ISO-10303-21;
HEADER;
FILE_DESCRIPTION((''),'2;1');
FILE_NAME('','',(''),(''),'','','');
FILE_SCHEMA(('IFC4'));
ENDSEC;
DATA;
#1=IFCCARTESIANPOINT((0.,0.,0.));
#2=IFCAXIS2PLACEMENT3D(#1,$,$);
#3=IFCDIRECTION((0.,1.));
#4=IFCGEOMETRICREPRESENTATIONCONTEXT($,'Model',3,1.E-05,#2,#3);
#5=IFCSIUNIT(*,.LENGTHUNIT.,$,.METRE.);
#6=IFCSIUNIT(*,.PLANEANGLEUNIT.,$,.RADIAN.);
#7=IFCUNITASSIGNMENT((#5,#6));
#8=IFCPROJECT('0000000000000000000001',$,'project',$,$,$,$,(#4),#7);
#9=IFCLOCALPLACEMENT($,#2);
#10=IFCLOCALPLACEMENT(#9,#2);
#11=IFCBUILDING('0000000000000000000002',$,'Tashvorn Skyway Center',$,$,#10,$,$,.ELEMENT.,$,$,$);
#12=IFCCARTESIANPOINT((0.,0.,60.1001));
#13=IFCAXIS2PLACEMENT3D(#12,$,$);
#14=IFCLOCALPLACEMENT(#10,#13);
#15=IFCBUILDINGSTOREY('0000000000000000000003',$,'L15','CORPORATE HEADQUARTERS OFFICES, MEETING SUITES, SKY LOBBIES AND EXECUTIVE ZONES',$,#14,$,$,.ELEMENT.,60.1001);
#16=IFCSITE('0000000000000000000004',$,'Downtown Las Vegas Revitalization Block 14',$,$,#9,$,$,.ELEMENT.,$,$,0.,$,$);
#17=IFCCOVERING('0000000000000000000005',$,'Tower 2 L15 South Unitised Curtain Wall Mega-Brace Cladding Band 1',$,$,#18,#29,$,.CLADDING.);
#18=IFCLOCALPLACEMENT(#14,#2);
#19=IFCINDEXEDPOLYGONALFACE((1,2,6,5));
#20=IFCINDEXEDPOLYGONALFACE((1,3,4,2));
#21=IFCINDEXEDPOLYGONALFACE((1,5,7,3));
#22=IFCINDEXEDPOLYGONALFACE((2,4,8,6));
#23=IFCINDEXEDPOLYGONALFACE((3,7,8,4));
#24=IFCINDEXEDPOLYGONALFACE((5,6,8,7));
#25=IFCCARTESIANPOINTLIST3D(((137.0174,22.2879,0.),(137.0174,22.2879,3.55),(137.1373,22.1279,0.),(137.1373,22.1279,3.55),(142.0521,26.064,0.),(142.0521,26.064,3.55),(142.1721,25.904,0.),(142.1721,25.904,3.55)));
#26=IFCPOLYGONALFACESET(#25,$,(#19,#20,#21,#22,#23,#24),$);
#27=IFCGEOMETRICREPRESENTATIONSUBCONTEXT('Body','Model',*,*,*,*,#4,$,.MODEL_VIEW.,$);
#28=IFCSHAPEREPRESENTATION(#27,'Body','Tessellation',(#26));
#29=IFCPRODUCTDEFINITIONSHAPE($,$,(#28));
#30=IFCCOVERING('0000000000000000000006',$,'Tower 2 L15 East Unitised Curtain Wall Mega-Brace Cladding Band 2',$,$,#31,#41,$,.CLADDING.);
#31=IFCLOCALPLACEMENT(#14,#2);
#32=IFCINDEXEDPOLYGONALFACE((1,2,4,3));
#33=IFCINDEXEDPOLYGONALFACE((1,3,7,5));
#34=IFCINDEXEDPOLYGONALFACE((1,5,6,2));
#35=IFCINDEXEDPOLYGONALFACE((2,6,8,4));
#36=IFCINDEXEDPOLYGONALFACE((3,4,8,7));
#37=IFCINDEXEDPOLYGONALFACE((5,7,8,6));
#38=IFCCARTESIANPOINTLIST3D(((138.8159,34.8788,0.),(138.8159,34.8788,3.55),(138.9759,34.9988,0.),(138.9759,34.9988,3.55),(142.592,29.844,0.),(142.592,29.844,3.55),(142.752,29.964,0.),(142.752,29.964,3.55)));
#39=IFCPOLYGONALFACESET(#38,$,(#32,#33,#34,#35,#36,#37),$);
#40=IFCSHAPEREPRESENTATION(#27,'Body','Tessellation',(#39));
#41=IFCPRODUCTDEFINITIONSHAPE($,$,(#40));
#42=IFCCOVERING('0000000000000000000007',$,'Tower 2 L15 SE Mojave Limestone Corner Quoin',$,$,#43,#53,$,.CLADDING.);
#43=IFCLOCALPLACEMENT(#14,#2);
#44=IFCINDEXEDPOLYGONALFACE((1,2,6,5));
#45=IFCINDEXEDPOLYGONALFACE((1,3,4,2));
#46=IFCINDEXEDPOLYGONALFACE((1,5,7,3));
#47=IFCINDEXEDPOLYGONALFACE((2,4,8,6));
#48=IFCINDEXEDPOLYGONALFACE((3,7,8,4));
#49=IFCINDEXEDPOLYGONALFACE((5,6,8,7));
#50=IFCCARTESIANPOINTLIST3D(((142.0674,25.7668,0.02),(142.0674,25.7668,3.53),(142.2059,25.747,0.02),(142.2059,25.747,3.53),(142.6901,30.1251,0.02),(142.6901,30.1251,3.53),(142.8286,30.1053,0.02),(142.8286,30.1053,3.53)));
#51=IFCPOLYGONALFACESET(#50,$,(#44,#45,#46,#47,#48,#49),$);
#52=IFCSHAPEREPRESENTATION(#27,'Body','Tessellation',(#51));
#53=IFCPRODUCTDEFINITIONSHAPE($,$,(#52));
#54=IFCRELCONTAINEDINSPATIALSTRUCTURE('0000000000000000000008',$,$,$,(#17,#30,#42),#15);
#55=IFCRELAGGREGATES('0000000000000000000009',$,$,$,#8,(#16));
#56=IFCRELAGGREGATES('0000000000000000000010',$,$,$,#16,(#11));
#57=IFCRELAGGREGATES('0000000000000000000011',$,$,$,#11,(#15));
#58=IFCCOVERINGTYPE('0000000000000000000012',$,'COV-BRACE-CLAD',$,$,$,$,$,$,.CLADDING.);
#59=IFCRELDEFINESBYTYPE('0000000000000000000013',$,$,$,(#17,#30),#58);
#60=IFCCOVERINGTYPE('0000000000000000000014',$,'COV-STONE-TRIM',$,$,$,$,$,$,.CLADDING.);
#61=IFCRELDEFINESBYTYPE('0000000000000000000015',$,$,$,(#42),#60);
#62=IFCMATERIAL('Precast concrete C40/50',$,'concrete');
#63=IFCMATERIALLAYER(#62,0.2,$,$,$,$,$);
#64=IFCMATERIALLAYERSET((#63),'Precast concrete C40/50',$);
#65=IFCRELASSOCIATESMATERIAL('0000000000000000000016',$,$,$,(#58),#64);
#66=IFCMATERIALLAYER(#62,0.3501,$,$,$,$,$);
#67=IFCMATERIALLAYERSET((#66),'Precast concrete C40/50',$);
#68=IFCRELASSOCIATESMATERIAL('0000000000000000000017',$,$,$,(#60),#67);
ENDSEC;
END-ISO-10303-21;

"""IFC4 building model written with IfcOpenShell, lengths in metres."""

from ifc_helpers import new_model, si_unit, direction, frame, origin, origin_2d, place, context, subcontext, project, spatial, rectangle, extrude, material, layer, layer_set, type_object, element, save


model = new_model("IFC4")

# Units and contexts
model_context = context("Model", 3, precision=1e-05, world=origin(), true_north=direction((0.0, 1.0)))
body_context = subcontext(model_context, "Body", "Model", "MODEL_VIEW")
ifc_project = project(units=[si_unit("LENGTHUNIT", "METRE"), si_unit("PLANEANGLEUNIT", "RADIAN")], contexts=[model_context])

# Site, building, storey
site_placement = place(None, origin())
site = spatial("IfcSite", under=ifc_project, at=site_placement, Name="Downtown Las Vegas Revitalization Block 14", CompositionType="ELEMENT", RefElevation=0.0)
building_placement = place(site_placement, origin())
building = spatial("IfcBuilding", under=site, at=building_placement, Name="Tashvorn Skyway Center", CompositionType="ELEMENT")
storey_placement = place(building_placement, frame((0.0, 0.0, 60.1001)))
storey = spatial("IfcBuildingStorey", under=building, at=storey_placement, Name="L15", Description="CORPORATE HEADQUARTERS OFFICES, MEETING SUITES, SKY LOBBIES AND EXECUTIVE ZONES", CompositionType="ELEMENT", Elevation=60.1001)

# Shared definitions
ifc_material_1 = material(Name="Precast concrete C40/50", Category="concrete")

# Coverings
ifc_layer_1 = layer(ifc_material_1, 0.2)
ifc_layer_set_1 = layer_set([ifc_layer_1], Name="Precast concrete C40/50")
covering_type_1 = type_object("IfcCoveringType", Name="COV-BRACE-CLAD", PredefinedType="CLADDING", material=ifc_layer_set_1)
for number, where, z_axis, x_axis, name in (
    (1, (139.5947, 24.0959, 0.0), (0.0, 0.0, 1.0), (-0.8, -0.6, 0.0), "Tower 2 L15 South Unitised Curtain Wall Mega-Brace Cladding Band 1"),
    (2, (140.7839, 32.4214, 0.0), (0.0, 0.0, 1.0), (0.6, -0.8, 0.0), "Tower 2 L15 East Unitised Curtain Wall Mega-Brace Cladding Band 2"),
):
    element("IfcCovering", number, at=place(storey_placement, frame(where, z_axis=z_axis, x_axis=x_axis)), inside=storey, type_object=covering_type_1, Name=name, PredefinedType="CLADDING", context=body_context, shape_type="SweptSolid", body=[
        extrude(rectangle(XDim=6.2935, YDim=0.2, at=origin_2d()), origin(), (0.0, 0.0, 1.0), 3.55),
    ])
ifc_layer_2 = layer(ifc_material_1, 0.3501)
ifc_layer_set_2 = layer_set([ifc_layer_2], Name="Precast concrete C40/50")
covering_type_2 = type_object("IfcCoveringType", Name="COV-STONE-TRIM", PredefinedType="CLADDING", material=ifc_layer_set_2)
covering_placement = place(storey_placement, frame((142.448, 27.936, 0.02), z_axis=(0.0, 0.0, 1.0), x_axis=(0.141421, 0.989949, 0.0)))
element("IfcCovering", 3, at=covering_placement, inside=storey, type_object=covering_type_2, Name="Tower 2 L15 SE Mojave Limestone Corner Quoin", PredefinedType="CLADDING", context=body_context, shape_type="SweptSolid", body=[
    extrude(rectangle(XDim=4.4026, YDim=0.1399, at=origin_2d()), origin(), (0.0, 0.0, 1.0), 3.51),
])

save(model, "model.ifc")
